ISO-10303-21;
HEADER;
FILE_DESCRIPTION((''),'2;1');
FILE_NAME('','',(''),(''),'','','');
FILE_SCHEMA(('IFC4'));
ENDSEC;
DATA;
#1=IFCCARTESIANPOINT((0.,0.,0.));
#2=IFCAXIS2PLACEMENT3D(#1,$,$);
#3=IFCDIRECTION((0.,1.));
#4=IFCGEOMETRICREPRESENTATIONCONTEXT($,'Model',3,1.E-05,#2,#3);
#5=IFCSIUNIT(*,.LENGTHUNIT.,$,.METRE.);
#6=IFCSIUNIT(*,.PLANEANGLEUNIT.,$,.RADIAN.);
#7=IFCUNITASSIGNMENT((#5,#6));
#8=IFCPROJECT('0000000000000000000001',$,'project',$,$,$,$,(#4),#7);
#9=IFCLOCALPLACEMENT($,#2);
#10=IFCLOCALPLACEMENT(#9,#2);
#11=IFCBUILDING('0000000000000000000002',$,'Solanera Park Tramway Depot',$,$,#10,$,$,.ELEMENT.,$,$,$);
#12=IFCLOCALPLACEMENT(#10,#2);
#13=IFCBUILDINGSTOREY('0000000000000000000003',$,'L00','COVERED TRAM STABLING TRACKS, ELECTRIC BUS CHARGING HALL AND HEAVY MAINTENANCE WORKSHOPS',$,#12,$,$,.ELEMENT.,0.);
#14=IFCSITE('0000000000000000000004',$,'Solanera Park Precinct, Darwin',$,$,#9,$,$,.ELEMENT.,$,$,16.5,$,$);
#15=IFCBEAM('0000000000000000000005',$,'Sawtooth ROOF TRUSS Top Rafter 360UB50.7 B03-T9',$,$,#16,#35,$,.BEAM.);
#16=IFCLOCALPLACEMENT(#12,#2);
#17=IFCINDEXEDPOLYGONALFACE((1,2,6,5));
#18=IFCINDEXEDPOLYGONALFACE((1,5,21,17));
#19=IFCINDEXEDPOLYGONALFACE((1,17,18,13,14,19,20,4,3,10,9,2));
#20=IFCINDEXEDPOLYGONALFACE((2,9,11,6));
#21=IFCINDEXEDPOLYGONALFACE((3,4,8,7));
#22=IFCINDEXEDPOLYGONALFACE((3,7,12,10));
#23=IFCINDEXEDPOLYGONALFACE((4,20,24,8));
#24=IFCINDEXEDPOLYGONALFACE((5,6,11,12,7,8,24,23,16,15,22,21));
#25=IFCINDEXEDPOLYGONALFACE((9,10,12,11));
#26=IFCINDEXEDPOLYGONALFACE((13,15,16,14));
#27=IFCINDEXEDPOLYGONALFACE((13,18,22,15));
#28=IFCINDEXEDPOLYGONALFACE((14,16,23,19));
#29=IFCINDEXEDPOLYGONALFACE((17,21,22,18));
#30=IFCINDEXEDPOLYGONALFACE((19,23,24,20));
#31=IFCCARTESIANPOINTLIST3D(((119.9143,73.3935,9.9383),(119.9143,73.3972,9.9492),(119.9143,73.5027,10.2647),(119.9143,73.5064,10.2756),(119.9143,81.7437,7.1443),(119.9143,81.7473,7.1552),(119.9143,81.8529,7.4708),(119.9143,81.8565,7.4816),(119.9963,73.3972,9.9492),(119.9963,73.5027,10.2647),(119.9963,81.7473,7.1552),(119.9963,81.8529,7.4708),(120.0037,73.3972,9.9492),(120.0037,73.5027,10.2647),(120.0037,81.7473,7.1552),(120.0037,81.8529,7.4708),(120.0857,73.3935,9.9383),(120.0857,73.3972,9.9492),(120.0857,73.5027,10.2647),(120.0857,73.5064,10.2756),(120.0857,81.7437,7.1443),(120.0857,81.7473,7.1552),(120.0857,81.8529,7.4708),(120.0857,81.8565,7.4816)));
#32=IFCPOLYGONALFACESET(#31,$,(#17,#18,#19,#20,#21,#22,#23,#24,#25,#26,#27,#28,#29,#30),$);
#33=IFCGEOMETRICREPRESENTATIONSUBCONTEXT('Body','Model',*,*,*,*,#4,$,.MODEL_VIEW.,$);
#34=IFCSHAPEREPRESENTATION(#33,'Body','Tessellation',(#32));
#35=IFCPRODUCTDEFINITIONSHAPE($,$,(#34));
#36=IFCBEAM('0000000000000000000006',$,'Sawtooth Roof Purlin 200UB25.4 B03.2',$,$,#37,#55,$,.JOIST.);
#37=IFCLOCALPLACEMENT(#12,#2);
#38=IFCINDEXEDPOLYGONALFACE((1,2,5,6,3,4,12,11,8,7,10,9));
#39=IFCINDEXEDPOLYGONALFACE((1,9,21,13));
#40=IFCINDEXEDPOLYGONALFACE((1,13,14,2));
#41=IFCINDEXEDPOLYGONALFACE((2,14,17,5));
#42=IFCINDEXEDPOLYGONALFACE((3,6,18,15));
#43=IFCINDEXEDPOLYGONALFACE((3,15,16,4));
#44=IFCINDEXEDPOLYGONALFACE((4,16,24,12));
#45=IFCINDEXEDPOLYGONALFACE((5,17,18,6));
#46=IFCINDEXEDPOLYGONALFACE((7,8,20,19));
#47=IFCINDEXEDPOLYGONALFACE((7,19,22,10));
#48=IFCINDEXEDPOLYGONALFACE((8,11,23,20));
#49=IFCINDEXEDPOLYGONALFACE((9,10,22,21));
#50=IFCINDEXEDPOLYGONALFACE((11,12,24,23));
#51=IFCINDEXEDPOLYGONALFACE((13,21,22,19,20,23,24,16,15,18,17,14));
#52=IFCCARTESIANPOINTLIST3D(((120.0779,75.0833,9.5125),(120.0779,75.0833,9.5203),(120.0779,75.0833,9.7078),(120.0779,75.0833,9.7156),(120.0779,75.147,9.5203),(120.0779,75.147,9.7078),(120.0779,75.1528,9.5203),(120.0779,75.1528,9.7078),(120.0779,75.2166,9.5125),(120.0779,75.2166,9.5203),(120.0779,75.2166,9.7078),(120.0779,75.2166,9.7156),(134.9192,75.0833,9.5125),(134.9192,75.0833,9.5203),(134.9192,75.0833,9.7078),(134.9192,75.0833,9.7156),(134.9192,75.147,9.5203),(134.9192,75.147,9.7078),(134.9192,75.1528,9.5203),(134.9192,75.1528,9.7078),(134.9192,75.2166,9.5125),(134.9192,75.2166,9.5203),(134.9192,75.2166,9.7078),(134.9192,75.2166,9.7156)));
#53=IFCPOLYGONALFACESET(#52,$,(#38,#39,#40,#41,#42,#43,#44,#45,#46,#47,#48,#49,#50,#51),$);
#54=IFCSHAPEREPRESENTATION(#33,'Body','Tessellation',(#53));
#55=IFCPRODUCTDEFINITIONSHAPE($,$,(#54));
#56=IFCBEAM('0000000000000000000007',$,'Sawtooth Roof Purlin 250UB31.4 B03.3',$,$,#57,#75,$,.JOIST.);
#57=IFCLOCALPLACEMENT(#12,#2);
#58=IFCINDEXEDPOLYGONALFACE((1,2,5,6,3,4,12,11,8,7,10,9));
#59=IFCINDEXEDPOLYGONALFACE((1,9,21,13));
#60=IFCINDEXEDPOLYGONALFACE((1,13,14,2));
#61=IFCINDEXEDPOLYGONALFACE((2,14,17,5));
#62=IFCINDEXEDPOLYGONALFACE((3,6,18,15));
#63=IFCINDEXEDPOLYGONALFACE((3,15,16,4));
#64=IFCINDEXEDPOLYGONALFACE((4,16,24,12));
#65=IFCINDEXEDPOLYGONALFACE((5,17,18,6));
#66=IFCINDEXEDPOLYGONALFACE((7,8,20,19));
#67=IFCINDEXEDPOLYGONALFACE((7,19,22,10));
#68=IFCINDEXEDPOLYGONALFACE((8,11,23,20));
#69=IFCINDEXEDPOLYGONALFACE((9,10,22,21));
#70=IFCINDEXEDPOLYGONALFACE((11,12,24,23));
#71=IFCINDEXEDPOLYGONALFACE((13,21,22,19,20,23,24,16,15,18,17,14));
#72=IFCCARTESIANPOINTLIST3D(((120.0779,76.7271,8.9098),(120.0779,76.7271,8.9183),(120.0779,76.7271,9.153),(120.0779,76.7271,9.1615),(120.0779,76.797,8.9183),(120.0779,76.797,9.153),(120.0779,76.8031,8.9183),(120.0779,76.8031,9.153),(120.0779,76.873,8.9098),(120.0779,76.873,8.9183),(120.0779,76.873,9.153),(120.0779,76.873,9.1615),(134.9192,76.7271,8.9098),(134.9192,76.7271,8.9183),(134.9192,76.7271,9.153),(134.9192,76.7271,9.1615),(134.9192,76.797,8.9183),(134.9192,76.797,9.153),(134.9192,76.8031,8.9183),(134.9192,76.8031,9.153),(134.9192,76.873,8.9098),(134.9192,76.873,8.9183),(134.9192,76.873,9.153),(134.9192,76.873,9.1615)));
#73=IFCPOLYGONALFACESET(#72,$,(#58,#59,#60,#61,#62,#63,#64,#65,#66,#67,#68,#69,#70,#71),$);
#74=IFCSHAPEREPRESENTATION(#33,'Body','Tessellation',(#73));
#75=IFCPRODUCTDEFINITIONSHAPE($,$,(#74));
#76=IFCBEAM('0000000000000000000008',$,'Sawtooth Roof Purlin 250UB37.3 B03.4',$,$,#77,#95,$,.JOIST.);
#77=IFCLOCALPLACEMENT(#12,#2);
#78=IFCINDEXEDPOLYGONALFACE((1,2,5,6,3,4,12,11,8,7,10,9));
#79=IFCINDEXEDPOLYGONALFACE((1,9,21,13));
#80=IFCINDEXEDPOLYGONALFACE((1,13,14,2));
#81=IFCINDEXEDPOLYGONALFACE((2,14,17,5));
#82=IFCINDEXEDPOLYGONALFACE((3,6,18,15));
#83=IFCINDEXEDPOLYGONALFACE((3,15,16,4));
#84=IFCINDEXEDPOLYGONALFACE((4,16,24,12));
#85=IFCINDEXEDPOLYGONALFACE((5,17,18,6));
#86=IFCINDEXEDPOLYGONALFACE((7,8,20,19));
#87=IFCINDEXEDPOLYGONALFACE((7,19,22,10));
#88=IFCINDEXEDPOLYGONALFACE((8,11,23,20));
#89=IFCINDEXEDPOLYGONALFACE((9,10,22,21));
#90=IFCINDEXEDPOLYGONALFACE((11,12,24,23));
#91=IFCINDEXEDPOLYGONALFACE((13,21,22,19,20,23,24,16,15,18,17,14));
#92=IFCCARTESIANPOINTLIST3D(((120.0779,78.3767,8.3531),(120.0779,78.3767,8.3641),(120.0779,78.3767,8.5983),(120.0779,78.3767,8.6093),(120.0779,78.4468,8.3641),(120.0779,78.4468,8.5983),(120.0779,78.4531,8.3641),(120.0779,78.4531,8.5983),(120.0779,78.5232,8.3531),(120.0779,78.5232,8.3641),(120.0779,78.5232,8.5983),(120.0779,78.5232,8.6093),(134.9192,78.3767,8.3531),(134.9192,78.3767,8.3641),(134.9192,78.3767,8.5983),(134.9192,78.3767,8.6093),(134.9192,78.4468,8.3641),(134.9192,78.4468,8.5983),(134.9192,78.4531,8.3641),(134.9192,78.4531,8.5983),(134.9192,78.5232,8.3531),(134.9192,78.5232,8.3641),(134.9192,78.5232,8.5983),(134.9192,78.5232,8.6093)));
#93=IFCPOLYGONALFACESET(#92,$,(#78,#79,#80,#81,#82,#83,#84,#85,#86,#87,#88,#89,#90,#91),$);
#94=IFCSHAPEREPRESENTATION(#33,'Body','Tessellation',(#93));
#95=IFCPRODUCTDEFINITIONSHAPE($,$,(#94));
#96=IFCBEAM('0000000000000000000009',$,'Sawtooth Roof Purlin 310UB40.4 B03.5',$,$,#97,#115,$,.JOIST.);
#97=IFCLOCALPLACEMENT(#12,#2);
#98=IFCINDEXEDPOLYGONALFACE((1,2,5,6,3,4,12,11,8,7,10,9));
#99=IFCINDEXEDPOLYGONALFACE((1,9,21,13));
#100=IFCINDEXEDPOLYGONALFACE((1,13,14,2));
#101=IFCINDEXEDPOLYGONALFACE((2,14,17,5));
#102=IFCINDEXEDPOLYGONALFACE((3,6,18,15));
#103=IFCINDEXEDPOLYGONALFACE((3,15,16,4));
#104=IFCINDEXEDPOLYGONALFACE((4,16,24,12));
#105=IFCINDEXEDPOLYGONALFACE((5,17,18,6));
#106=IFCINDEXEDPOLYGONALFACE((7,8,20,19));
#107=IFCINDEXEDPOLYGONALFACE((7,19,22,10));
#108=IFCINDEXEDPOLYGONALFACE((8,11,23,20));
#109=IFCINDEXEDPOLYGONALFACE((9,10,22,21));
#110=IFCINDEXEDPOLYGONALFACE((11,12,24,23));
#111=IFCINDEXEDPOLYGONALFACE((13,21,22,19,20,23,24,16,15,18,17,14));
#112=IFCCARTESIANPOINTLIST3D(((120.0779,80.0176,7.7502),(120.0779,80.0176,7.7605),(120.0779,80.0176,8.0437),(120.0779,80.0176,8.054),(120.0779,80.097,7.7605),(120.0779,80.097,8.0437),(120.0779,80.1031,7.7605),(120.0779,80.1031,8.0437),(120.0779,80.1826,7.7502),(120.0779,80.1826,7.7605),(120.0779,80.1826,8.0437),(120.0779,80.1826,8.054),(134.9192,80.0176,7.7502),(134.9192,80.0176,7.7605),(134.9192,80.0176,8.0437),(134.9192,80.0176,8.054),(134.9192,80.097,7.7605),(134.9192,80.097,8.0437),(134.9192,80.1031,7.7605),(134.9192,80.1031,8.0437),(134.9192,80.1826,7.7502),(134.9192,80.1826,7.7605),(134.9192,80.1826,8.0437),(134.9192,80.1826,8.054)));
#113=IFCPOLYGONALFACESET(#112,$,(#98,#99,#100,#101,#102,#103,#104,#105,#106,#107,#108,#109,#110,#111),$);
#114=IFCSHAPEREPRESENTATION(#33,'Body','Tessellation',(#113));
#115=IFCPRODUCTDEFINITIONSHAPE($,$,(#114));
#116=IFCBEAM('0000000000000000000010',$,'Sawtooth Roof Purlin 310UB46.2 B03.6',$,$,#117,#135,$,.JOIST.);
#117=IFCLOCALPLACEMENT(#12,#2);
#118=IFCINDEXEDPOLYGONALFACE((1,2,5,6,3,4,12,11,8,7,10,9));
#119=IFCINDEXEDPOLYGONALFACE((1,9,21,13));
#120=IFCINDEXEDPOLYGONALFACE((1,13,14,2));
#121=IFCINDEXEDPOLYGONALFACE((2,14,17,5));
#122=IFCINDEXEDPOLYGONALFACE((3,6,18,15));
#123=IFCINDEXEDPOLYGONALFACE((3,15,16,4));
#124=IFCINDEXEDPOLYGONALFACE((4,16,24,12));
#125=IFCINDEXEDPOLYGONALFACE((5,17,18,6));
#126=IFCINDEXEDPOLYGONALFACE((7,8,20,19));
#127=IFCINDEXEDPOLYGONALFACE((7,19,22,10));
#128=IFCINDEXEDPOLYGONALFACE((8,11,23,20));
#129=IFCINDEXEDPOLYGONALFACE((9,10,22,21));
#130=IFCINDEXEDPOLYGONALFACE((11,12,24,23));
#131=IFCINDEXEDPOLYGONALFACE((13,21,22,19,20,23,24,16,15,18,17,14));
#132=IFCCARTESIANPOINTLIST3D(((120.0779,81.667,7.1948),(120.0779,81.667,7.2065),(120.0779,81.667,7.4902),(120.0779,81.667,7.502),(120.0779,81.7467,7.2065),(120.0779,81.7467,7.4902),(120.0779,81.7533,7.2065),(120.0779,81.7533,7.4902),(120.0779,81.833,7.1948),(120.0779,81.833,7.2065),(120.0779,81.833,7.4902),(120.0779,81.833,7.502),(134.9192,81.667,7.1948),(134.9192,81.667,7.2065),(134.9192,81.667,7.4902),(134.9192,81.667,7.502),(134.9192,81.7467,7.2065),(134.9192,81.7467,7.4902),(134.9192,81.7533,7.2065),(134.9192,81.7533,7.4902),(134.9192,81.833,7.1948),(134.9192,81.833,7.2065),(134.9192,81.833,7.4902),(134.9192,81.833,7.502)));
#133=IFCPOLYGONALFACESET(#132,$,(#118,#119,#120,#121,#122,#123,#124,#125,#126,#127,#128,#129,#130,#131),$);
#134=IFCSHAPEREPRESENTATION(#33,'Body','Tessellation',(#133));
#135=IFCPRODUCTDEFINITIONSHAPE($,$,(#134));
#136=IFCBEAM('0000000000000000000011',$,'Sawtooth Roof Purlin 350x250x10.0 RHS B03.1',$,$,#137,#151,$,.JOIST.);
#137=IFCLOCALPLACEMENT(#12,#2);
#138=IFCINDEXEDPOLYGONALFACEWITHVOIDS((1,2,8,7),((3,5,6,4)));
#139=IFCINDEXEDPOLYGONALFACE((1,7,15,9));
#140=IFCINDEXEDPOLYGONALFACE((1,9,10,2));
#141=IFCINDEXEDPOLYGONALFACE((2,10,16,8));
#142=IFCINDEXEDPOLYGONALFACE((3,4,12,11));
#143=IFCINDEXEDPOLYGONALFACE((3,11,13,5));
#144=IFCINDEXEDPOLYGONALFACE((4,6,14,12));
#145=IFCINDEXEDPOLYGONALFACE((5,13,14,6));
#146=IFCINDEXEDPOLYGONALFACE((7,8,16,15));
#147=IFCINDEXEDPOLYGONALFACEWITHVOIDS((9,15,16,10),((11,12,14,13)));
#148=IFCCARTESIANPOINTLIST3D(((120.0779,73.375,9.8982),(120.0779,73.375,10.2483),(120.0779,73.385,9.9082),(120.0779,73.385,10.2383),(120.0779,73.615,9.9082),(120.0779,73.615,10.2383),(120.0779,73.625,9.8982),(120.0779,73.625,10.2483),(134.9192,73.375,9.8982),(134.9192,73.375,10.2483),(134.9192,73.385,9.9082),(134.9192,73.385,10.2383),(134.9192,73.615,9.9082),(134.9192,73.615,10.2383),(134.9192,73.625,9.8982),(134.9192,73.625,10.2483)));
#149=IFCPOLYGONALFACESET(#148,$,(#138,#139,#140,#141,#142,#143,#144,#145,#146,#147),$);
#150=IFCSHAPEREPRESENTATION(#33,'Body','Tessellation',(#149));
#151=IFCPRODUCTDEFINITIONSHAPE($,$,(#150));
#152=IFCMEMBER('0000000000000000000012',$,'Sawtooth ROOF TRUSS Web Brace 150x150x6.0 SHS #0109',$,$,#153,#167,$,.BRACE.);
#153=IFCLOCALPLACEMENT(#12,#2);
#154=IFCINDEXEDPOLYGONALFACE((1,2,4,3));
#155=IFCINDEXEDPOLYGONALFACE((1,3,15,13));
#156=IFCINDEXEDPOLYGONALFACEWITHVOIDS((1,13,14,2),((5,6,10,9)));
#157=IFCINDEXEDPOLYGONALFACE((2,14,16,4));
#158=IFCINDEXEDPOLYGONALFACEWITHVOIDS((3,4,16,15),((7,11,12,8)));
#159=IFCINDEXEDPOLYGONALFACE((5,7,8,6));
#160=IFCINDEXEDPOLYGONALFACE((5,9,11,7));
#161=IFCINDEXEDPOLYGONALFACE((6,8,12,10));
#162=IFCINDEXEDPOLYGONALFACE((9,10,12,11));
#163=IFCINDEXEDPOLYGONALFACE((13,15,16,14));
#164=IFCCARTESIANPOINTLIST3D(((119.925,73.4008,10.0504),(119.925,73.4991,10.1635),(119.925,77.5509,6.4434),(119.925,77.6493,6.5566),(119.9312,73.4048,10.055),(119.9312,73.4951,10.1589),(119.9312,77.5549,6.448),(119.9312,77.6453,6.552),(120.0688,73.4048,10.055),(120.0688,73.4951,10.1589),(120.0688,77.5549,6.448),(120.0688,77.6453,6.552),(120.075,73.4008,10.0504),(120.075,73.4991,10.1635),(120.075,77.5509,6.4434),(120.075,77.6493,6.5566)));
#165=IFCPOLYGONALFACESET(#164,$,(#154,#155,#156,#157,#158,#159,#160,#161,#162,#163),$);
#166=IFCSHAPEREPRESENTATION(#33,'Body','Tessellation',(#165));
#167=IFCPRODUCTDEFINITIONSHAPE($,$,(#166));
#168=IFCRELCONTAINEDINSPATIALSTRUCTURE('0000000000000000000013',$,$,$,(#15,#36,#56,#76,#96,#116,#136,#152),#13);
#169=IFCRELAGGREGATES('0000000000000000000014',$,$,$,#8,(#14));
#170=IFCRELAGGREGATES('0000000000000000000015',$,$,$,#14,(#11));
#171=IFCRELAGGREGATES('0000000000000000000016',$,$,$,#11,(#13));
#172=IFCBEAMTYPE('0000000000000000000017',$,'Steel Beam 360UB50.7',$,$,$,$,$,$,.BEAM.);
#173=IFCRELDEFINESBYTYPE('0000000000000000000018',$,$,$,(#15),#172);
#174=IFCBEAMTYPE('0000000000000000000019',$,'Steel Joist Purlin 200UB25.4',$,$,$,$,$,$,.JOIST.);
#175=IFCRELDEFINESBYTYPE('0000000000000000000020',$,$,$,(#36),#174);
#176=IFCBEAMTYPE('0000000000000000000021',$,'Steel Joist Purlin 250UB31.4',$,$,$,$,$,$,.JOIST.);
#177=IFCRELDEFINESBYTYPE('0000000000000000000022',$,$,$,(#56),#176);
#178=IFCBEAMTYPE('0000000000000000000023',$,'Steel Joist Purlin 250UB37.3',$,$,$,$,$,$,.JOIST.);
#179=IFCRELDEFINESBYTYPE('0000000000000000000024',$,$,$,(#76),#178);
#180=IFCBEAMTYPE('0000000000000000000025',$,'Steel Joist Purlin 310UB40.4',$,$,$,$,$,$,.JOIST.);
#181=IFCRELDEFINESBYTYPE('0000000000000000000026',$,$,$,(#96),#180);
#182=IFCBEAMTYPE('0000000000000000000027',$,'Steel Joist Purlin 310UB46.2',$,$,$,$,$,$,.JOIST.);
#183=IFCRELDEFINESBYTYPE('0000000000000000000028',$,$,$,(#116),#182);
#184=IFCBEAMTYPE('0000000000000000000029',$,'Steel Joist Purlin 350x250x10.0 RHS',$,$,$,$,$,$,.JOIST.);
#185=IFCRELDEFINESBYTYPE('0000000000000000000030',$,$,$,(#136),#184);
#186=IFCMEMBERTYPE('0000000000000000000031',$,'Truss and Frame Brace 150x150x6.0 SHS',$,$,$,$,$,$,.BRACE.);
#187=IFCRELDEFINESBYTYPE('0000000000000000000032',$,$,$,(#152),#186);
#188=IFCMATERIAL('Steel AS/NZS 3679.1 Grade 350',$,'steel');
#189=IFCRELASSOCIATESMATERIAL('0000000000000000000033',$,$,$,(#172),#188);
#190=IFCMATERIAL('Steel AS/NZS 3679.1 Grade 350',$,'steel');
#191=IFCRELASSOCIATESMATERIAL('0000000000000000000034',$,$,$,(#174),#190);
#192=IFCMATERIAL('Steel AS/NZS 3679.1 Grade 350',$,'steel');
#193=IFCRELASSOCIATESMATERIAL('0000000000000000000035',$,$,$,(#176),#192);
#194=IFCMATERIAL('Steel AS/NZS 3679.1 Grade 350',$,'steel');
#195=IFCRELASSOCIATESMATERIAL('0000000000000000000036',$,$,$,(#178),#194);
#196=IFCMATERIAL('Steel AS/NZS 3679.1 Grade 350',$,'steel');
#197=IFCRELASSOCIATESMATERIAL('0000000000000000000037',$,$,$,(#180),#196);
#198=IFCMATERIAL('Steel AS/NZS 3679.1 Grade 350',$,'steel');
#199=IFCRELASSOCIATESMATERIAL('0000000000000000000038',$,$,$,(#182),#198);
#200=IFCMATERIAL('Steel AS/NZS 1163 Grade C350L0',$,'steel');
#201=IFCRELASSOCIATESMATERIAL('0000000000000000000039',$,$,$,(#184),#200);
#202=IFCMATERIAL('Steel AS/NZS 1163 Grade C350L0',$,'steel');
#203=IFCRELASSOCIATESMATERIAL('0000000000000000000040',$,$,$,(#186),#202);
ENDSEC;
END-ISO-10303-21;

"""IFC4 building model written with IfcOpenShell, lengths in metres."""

from ifc_helpers import new_model, si_unit, direction, frame, origin, origin_2d, place, context, subcontext, project, spatial, hollow_rectangle, i_section, extrude, material, material_profile, profile_set, type_object, element, save


model = new_model("IFC4")

# Units and contexts
model_context = context("Model", 3, precision=1e-05, world=origin(), true_north=direction((0.0, 1.0)))
body_context = subcontext(model_context, "Body", "Model", "MODEL_VIEW")
ifc_project = project(units=[si_unit("LENGTHUNIT", "METRE"), si_unit("PLANEANGLEUNIT", "RADIAN")], contexts=[model_context])

# Site, building, storey
site_placement = place(None, origin())
site = spatial("IfcSite", under=ifc_project, at=site_placement, Name="Solanera Park Precinct, Darwin", CompositionType="ELEMENT", RefElevation=16.5)
building_placement = place(site_placement, origin())
building = spatial("IfcBuilding", under=site, at=building_placement, Name="Solanera Park Tramway Depot", CompositionType="ELEMENT")
storey_placement = place(building_placement, origin())
storey = spatial("IfcBuildingStorey", under=building, at=storey_placement, Name="L00", Description="COVERED TRAM STABLING TRACKS, ELECTRIC BUS CHARGING HALL AND HEAVY MAINTENANCE WORKSHOPS", CompositionType="ELEMENT", Elevation=0.0)

# Beams
ifc_material_1 = material(Name="Steel AS/NZS 3679.1 Grade 350", Category="steel")
ifc_material_profile_1 = material_profile(ifc_material_1, i_section(OverallWidth=0.1714, OverallDepth=0.3557, WebThickness=0.0073, FlangeThickness=0.0115, at=origin_2d()), Name="360UB50.7")
ifc_profile_set_1 = profile_set([ifc_material_profile_1], Name="Steel AS/NZS 3679.1 Grade 350")
beam_type_1 = type_object("IfcBeamType", Name="Steel Beam 360UB50.7", PredefinedType="BEAM", material=ifc_profile_set_1)
beam_1_placement = place(storey_placement, frame((120.0, 73.45, 10.1069), z_axis=(0.0, 0.948322, -0.317309), x_axis=(-1.0, 0.0, 0.0)))
element("IfcBeam", 1, at=beam_1_placement, inside=storey, type_object=beam_type_1, Name="Sawtooth ROOF TRUSS Top Rafter 360UB50.7 B03-T9", PredefinedType="BEAM", context=body_context, shape_type="SweptSolid", body=[
    extrude(i_section(OverallWidth=0.1714, OverallDepth=0.3557, WebThickness=0.0073, FlangeThickness=0.0115, at=origin_2d()), origin(), (0.0, 0.0, 1.0), 8.8052),
])
ifc_material_2 = material(Name="Steel AS/NZS 3679.1 Grade 350", Category="steel")
ifc_material_profile_2 = material_profile(ifc_material_2, i_section(OverallWidth=0.1333, OverallDepth=0.2031, WebThickness=0.0059, FlangeThickness=0.0078, at=origin_2d()), Name="200UB25.4")
ifc_profile_set_2 = profile_set([ifc_material_profile_2], Name="Steel AS/NZS 3679.1 Grade 350")
beam_type_2 = type_object("IfcBeamType", Name="Steel Joist Purlin 200UB25.4", PredefinedType="JOIST", material=ifc_profile_set_2)
beam_2_placement = place(storey_placement, frame((120.0779, 75.1499, 9.614), z_axis=(1.0, 0.0, 0.0), x_axis=(0.0, 1.0, 0.0)))
element("IfcBeam", 2, at=beam_2_placement, inside=storey, type_object=beam_type_2, Name="Sawtooth Roof Purlin 200UB25.4 B03.2", PredefinedType="JOIST", context=body_context, shape_type="SweptSolid", body=[
    extrude(i_section(OverallWidth=0.1333, OverallDepth=0.2031, WebThickness=0.0059, FlangeThickness=0.0078, at=origin_2d()), origin(), (0.0, 0.0, 1.0), 14.8413),
])
ifc_material_3 = material(Name="Steel AS/NZS 3679.1 Grade 350", Category="steel")
ifc_material_profile_3 = material_profile(ifc_material_3, i_section(OverallWidth=0.146, OverallDepth=0.2517, WebThickness=0.0061, FlangeThickness=0.0085, at=origin_2d()), Name="250UB31.4")
ifc_profile_set_3 = profile_set([ifc_material_profile_3], Name="Steel AS/NZS 3679.1 Grade 350")
beam_type_3 = type_object("IfcBeamType", Name="Steel Joist Purlin 250UB31.4", PredefinedType="JOIST", material=ifc_profile_set_3)
beam_3_placement = place(storey_placement, frame((120.0779, 76.8, 9.0356), z_axis=(1.0, 0.0, 0.0), x_axis=(0.0, 1.0, 0.0)))
element("IfcBeam", 3, at=beam_3_placement, inside=storey, type_object=beam_type_3, Name="Sawtooth Roof Purlin 250UB31.4 B03.3", PredefinedType="JOIST", context=body_context, shape_type="SweptSolid", body=[
    extrude(i_section(OverallWidth=0.146, OverallDepth=0.2517, WebThickness=0.0061, FlangeThickness=0.0085, at=origin_2d()), origin(), (0.0, 0.0, 1.0), 14.8413),
])
ifc_material_4 = material(Name="Steel AS/NZS 3679.1 Grade 350", Category="steel")
ifc_material_profile_4 = material_profile(ifc_material_4, i_section(OverallWidth=0.1465, OverallDepth=0.2561, WebThickness=0.0063, FlangeThickness=0.011, at=origin_2d()), Name="250UB37.3")
ifc_profile_set_4 = profile_set([ifc_material_profile_4], Name="Steel AS/NZS 3679.1 Grade 350")
beam_type_4 = type_object("IfcBeamType", Name="Steel Joist Purlin 250UB37.3", PredefinedType="JOIST", material=ifc_profile_set_4)
beam_4_placement = place(storey_placement, frame((120.0779, 78.45, 8.4812), z_axis=(1.0, 0.0, 0.0), x_axis=(0.0, 1.0, 0.0)))
element("IfcBeam", 4, at=beam_4_placement, inside=storey, type_object=beam_type_4, Name="Sawtooth Roof Purlin 250UB37.3 B03.4", PredefinedType="JOIST", context=body_context, shape_type="SweptSolid", body=[
    extrude(i_section(OverallWidth=0.1465, OverallDepth=0.2561, WebThickness=0.0063, FlangeThickness=0.011, at=origin_2d()), origin(), (0.0, 0.0, 1.0), 14.8413),
])
ifc_material_5 = material(Name="Steel AS/NZS 3679.1 Grade 350", Category="steel")
ifc_material_profile_5 = material_profile(ifc_material_5, i_section(OverallWidth=0.165, OverallDepth=0.3037, WebThickness=0.0061, FlangeThickness=0.0103, at=origin_2d()), Name="310UB40.4")
ifc_profile_set_5 = profile_set([ifc_material_profile_5], Name="Steel AS/NZS 3679.1 Grade 350")
beam_type_5 = type_object("IfcBeamType", Name="Steel Joist Purlin 310UB40.4", PredefinedType="JOIST", material=ifc_profile_set_5)
beam_5_placement = place(storey_placement, frame((120.0779, 80.1001, 7.9021), z_axis=(1.0, 0.0, 0.0), x_axis=(0.0, 1.0, 0.0)))
element("IfcBeam", 5, at=beam_5_placement, inside=storey, type_object=beam_type_5, Name="Sawtooth Roof Purlin 310UB40.4 B03.5", PredefinedType="JOIST", context=body_context, shape_type="SweptSolid", body=[
    extrude(i_section(OverallWidth=0.165, OverallDepth=0.3037, WebThickness=0.0061, FlangeThickness=0.0103, at=origin_2d()), origin(), (0.0, 0.0, 1.0), 14.8413),
])
ifc_material_6 = material(Name="Steel AS/NZS 3679.1 Grade 350", Category="steel")
ifc_material_profile_6 = material_profile(ifc_material_6, i_section(OverallWidth=0.166, OverallDepth=0.3071, WebThickness=0.0066, FlangeThickness=0.0117, at=origin_2d()), Name="310UB46.2")
ifc_profile_set_6 = profile_set([ifc_material_profile_6], Name="Steel AS/NZS 3679.1 Grade 350")
beam_type_6 = type_object("IfcBeamType", Name="Steel Joist Purlin 310UB46.2", PredefinedType="JOIST", material=ifc_profile_set_6)
beam_6_placement = place(storey_placement, frame((120.0779, 81.75, 7.3484), z_axis=(1.0, 0.0, 0.0), x_axis=(0.0, 1.0, 0.0)))
element("IfcBeam", 6, at=beam_6_placement, inside=storey, type_object=beam_type_6, Name="Sawtooth Roof Purlin 310UB46.2 B03.6", PredefinedType="JOIST", context=body_context, shape_type="SweptSolid", body=[
    extrude(i_section(OverallWidth=0.166, OverallDepth=0.3071, WebThickness=0.0066, FlangeThickness=0.0117, at=origin_2d()), origin(), (0.0, 0.0, 1.0), 14.8413),
])
ifc_material_7 = material(Name="Steel AS/NZS 1163 Grade C350L0", Category="steel")
ifc_material_profile_7 = material_profile(ifc_material_7, hollow_rectangle(XDim=0.25, YDim=0.3501, WallThickness=0.01, at=origin_2d()), Name="350x250x10.0 RHS")
ifc_profile_set_7 = profile_set([ifc_material_profile_7], Name="Steel AS/NZS 1163 Grade C350L0")
beam_type_7 = type_object("IfcBeamType", Name="Steel Joist Purlin 350x250x10.0 RHS", PredefinedType="JOIST", material=ifc_profile_set_7)
beam_7_placement = place(storey_placement, frame((120.0779, 73.5, 10.0732), z_axis=(1.0, 0.0, 0.0), x_axis=(0.0, 1.0, 0.0)))
element("IfcBeam", 7, at=beam_7_placement, inside=storey, type_object=beam_type_7, Name="Sawtooth Roof Purlin 350x250x10.0 RHS B03.1", PredefinedType="JOIST", context=body_context, shape_type="SweptSolid", body=[
    extrude(hollow_rectangle(XDim=0.25, YDim=0.3501, WallThickness=0.01, at=origin_2d()), origin(), (0.0, 0.0, 1.0), 14.8413),
])

# Member
ifc_material_8 = material(Name="Steel AS/NZS 1163 Grade C350L0", Category="steel")
ifc_material_profile_8 = material_profile(ifc_material_8, hollow_rectangle(XDim=0.1499, YDim=0.1499, WallThickness=0.0061, at=origin_2d()), Name="150x150x6.0 SHS")
ifc_profile_set_8 = profile_set([ifc_material_profile_8], Name="Steel AS/NZS 1163 Grade C350L0")
member_type_1 = type_object("IfcMemberType", Name="Truss and Frame Brace 150x150x6.0 SHS", PredefinedType="BRACE", material=ifc_profile_set_8)
member_1_placement = place(storey_placement, frame((120.0, 77.6001, 6.5), z_axis=(0.0, -0.754776, 0.655983), x_axis=(1.0, 0.0, 0.0)))
element("IfcMember", 8, at=member_1_placement, inside=storey, type_object=member_type_1, Name="Sawtooth ROOF TRUSS Web Brace 150x150x6.0 SHS #0109", PredefinedType="BRACE", context=body_context, shape_type="SweptSolid", body=[
    extrude(hollow_rectangle(XDim=0.1499, YDim=0.1499, WallThickness=0.0061, at=origin_2d()), origin(), (0.0, 0.0, 1.0), 5.4985),
])

save(model, "model.ifc")
